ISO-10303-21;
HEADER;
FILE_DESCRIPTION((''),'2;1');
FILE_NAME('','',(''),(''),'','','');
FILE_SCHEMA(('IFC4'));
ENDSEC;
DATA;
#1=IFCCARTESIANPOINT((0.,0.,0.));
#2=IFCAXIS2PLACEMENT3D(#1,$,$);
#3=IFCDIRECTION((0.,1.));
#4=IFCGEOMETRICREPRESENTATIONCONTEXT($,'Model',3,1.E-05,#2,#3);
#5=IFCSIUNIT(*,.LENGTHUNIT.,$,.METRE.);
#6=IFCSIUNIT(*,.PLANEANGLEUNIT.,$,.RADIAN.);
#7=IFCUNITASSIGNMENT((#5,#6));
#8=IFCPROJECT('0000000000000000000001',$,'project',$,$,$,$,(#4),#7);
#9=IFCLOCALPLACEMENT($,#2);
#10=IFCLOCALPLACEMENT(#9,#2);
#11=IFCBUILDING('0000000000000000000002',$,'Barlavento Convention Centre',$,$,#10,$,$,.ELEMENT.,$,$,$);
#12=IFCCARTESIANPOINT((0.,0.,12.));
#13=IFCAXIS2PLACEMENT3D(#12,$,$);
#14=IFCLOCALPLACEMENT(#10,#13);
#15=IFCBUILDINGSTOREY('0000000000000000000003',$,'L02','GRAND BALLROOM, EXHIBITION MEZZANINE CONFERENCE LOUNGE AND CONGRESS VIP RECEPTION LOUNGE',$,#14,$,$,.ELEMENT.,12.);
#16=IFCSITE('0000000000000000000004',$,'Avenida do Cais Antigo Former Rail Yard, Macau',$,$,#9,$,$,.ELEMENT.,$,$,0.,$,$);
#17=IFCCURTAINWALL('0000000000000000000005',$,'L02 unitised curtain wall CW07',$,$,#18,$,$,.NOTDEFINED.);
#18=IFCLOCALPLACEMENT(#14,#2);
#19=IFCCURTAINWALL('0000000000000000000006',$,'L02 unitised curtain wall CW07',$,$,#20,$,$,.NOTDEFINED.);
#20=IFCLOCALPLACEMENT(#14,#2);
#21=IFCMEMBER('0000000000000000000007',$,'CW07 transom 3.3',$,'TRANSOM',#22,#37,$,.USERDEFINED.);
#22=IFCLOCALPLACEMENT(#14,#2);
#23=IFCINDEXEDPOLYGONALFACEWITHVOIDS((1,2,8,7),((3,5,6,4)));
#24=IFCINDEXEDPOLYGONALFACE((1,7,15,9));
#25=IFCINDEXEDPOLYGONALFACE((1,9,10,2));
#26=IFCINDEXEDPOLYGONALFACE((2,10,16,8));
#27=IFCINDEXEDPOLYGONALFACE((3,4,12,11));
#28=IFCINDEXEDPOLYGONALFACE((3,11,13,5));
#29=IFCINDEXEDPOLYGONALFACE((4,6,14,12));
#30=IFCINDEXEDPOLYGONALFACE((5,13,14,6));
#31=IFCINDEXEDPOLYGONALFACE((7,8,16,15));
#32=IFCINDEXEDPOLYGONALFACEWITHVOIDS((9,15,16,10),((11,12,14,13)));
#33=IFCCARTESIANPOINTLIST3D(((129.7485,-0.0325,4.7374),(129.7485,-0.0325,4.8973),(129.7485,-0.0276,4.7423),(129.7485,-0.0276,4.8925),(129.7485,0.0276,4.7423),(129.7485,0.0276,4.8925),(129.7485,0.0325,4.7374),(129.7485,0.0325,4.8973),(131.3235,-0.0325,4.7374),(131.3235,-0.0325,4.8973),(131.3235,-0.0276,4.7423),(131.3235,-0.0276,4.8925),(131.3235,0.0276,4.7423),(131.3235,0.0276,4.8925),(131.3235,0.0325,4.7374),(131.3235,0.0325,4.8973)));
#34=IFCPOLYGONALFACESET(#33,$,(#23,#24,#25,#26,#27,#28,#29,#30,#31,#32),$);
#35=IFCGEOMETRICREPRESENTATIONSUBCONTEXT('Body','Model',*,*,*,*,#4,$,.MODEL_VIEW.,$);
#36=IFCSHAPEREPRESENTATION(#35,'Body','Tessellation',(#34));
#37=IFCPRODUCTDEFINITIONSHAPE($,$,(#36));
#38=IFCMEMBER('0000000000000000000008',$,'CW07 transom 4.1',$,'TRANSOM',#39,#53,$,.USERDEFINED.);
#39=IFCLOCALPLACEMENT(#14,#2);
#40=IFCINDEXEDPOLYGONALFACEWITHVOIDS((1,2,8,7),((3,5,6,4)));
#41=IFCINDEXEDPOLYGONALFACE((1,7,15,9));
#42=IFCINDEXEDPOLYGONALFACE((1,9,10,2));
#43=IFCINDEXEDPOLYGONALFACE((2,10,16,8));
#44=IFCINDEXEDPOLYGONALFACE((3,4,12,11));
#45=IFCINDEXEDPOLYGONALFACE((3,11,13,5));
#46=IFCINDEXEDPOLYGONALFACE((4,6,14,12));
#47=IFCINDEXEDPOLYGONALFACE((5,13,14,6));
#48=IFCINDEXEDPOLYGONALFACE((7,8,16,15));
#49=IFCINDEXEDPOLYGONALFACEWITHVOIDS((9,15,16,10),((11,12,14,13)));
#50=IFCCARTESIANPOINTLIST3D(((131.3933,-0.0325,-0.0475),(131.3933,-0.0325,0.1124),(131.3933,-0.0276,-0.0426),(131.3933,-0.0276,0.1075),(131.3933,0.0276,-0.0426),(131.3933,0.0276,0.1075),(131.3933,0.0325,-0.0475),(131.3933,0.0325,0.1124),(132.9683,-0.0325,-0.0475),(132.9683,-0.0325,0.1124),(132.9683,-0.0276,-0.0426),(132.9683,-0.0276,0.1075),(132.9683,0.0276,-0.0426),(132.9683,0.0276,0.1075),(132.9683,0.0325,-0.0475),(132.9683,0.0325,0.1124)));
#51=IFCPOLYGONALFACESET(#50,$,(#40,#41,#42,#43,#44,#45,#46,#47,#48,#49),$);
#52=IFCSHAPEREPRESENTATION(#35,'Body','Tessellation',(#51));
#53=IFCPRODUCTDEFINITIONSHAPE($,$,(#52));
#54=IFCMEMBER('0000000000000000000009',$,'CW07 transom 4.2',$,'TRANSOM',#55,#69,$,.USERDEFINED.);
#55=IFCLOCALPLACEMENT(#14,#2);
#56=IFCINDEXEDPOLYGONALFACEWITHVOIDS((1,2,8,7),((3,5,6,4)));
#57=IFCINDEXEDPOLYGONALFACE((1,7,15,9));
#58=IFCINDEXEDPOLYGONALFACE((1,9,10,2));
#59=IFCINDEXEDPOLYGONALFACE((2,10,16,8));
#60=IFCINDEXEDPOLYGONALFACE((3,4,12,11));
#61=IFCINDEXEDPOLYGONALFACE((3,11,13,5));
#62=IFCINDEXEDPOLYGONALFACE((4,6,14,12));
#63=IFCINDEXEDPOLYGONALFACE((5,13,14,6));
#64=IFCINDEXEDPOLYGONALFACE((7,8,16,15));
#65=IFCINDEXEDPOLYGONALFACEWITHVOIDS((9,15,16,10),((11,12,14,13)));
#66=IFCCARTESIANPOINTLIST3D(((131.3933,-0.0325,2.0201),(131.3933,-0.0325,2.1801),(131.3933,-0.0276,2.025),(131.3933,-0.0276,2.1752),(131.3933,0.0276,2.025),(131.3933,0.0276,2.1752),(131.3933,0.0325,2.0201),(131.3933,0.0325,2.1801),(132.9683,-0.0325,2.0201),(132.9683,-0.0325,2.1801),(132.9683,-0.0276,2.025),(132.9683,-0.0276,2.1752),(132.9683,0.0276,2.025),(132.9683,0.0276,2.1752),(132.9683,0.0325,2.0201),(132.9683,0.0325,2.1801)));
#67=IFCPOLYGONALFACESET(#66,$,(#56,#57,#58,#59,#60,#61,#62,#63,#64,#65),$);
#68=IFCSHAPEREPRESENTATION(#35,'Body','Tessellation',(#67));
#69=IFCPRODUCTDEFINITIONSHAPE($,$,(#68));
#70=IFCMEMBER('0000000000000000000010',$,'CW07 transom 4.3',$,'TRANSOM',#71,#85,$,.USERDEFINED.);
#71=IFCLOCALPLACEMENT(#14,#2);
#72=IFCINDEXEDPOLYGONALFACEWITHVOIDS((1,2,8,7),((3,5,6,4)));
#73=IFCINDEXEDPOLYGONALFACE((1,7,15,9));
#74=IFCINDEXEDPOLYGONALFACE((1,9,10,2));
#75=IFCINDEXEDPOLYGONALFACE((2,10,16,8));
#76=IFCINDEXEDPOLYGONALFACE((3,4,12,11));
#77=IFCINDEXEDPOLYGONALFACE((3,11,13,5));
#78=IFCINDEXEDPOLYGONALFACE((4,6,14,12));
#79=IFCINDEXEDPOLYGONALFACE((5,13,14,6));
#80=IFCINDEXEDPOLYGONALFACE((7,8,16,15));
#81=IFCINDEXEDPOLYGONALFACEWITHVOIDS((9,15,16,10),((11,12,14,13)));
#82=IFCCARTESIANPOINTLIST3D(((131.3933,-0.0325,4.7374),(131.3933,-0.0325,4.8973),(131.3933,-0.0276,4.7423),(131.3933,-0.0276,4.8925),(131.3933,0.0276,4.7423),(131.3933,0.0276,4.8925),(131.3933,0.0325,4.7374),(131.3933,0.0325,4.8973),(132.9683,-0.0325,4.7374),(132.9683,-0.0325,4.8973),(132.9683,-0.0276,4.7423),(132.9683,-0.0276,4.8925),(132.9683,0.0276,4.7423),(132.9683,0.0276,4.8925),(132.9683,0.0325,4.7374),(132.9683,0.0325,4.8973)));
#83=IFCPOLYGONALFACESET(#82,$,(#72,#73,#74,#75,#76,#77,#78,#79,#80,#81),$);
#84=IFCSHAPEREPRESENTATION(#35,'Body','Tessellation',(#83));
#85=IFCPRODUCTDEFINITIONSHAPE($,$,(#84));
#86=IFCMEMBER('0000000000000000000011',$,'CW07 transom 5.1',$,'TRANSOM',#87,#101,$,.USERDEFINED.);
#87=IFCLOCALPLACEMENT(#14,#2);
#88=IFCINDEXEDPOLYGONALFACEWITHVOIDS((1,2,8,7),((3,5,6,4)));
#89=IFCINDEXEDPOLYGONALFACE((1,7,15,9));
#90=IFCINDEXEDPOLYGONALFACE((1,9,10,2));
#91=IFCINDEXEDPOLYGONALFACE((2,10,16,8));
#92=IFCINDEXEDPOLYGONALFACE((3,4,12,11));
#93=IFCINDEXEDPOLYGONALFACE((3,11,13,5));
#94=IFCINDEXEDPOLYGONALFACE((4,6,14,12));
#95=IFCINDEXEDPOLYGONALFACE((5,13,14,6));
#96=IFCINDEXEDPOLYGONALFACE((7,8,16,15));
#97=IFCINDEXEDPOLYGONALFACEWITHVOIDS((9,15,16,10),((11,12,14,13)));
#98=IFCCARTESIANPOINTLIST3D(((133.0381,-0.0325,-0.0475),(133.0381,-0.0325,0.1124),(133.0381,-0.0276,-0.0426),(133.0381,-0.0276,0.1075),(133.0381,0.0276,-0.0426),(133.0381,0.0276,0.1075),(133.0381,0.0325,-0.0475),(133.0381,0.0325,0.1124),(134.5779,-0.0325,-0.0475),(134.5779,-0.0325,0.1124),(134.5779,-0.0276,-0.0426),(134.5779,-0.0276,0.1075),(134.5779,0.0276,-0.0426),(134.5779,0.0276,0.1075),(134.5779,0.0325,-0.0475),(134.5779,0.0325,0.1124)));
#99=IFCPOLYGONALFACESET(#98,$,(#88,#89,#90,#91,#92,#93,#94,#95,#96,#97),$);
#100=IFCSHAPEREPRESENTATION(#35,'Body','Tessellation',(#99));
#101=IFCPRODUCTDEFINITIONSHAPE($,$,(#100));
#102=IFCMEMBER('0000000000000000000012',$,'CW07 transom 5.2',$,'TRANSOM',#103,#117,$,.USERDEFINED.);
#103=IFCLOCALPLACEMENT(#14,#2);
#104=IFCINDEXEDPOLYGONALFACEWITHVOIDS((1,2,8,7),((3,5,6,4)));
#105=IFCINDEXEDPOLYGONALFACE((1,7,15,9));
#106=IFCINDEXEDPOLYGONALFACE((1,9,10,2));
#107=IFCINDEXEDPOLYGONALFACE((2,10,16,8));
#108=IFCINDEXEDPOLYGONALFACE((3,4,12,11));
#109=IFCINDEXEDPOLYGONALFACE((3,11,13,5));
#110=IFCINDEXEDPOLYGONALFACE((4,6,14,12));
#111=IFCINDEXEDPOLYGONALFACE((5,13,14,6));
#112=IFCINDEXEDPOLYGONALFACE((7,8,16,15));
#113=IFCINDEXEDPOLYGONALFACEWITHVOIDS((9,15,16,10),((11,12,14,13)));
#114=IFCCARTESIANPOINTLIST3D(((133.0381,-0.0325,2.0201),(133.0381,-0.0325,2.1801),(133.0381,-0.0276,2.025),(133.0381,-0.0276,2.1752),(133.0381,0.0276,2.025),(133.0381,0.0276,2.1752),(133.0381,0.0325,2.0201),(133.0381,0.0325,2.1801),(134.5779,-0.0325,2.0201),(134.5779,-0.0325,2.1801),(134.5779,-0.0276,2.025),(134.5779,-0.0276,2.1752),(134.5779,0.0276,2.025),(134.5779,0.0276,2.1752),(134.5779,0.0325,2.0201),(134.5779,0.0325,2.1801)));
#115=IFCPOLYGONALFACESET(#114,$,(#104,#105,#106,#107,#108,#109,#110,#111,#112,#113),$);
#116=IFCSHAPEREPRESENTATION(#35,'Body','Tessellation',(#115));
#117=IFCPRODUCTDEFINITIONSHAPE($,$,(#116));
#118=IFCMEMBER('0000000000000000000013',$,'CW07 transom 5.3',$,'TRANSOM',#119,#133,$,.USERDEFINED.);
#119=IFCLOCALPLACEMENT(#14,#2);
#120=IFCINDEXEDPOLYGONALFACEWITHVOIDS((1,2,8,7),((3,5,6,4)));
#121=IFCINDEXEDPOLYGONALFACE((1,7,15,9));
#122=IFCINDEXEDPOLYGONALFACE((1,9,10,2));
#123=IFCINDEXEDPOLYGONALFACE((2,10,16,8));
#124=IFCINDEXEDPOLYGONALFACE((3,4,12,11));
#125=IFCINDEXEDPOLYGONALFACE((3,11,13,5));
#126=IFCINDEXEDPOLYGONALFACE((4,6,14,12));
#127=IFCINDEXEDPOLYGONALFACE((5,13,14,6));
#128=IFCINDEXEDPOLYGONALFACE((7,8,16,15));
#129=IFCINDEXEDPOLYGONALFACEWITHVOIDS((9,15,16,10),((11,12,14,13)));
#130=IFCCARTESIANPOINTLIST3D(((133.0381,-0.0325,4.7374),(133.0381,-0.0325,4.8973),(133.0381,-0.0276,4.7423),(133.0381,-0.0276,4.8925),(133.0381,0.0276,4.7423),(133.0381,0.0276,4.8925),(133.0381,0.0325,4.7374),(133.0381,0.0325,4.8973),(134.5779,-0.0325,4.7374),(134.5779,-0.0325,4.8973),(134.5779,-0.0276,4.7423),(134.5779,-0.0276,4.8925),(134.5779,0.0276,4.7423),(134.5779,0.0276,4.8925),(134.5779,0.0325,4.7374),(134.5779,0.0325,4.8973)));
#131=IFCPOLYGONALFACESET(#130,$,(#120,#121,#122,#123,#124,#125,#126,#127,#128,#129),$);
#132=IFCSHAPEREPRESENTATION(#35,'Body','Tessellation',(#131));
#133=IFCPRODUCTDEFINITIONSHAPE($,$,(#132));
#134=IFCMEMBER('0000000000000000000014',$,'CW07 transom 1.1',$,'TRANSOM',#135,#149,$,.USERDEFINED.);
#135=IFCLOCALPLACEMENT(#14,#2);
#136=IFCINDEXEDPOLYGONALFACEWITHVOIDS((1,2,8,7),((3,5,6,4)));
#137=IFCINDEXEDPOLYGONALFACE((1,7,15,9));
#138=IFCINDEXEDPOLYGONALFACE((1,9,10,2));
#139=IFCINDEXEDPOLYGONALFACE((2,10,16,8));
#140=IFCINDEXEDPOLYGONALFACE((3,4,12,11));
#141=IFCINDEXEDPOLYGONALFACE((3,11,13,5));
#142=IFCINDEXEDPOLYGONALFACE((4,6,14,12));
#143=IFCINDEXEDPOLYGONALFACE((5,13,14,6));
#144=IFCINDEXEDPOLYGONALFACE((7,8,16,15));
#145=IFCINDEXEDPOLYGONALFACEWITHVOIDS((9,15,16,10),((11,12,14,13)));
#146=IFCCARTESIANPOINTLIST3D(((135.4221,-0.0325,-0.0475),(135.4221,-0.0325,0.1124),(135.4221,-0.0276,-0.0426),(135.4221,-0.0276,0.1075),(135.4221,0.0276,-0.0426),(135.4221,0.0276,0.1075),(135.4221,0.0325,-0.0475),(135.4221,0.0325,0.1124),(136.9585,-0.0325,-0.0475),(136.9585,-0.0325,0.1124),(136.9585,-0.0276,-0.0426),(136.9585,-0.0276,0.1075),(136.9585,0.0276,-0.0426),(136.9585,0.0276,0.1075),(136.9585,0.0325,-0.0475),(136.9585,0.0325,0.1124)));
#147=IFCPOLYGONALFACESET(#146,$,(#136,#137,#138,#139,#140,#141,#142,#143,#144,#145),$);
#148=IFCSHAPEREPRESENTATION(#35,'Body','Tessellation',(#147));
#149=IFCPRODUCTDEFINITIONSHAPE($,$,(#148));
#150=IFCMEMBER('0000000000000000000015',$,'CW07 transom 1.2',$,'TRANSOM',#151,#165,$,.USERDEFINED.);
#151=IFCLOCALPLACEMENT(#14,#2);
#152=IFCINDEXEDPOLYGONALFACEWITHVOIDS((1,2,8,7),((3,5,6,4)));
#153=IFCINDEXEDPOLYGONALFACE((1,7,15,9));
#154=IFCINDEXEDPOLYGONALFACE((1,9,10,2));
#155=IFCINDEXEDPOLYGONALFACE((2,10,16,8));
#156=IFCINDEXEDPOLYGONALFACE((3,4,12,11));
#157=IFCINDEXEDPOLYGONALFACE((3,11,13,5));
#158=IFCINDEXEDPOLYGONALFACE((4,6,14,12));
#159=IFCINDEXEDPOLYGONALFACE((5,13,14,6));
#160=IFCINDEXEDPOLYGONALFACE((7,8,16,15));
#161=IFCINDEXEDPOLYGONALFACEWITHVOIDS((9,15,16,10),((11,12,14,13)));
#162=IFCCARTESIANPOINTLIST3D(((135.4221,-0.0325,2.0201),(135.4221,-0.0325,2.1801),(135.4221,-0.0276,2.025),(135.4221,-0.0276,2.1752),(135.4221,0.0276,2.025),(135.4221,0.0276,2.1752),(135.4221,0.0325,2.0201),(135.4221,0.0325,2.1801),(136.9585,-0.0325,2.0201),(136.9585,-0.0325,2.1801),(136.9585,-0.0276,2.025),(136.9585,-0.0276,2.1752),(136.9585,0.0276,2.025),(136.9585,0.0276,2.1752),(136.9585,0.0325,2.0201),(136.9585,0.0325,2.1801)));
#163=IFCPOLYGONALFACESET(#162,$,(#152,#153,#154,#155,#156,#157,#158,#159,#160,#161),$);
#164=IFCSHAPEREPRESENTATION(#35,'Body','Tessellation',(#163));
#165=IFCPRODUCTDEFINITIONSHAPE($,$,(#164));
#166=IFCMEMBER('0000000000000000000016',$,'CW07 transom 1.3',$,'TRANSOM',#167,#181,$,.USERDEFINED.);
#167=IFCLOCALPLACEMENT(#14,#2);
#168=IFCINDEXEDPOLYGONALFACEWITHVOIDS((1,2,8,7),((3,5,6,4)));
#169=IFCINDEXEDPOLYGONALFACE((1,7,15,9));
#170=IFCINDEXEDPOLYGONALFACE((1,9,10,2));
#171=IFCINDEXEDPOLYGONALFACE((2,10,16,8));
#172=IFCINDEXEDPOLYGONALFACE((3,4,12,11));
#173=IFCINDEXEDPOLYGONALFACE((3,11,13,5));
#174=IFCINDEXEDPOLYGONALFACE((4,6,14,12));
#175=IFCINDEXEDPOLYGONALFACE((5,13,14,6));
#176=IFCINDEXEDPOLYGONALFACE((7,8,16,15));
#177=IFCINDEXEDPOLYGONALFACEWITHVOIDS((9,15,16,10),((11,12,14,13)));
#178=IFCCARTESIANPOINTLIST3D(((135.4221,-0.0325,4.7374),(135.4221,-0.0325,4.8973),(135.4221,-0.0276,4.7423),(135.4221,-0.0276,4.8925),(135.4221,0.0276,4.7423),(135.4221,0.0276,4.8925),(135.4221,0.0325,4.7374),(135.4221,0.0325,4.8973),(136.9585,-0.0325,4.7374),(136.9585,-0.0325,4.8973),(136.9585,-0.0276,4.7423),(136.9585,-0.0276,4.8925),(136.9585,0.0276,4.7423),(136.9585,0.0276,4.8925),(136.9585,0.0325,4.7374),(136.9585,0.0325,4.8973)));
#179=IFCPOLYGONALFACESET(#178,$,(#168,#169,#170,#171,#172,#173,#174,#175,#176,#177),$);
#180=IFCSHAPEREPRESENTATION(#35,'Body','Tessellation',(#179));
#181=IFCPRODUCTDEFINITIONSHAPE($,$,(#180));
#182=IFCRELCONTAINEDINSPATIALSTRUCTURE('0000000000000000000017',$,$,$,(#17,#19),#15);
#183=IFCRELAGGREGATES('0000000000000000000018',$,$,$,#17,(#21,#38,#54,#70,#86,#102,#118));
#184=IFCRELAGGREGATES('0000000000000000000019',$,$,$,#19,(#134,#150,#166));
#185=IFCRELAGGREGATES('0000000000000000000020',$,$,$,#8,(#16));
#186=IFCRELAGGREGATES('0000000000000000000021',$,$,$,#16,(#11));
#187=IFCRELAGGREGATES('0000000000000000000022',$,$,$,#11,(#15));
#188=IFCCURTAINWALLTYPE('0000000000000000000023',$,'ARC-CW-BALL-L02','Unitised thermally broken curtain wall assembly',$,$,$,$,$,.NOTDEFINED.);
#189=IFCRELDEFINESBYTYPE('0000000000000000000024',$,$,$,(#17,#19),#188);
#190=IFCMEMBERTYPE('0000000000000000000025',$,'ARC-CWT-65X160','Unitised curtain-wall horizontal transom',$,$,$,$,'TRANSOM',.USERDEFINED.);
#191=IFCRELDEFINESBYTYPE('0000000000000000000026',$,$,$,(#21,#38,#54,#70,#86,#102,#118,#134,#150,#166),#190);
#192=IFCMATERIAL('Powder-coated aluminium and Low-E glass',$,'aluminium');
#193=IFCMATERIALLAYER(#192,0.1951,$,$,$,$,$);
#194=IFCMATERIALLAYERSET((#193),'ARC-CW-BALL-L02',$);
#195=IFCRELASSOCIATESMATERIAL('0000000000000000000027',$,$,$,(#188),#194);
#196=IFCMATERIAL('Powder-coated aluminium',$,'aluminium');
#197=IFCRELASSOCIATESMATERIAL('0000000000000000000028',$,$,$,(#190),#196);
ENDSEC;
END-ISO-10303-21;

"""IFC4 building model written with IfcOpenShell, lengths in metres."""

from ifc_helpers import new_model, si_unit, direction, frame, origin, origin_2d, place, context, subcontext, project, spatial, hollow_rectangle, extrude, material, layer, layer_set, material_profile, profile_set, type_object, element, aggregate, save


model = new_model("IFC4")

# Units and contexts
model_context = context("Model", 3, precision=1e-05, world=origin(), true_north=direction((0.0, 1.0)))
body_context = subcontext(model_context, "Body", "Model", "MODEL_VIEW")
ifc_project = project(units=[si_unit("LENGTHUNIT", "METRE"), si_unit("PLANEANGLEUNIT", "RADIAN")], contexts=[model_context])

# Site, building, storey
site_placement = place(None, origin())
site = spatial("IfcSite", under=ifc_project, at=site_placement, Name="Avenida do Cais Antigo Former Rail Yard, Macau", CompositionType="ELEMENT", RefElevation=0.0)
building_placement = place(site_placement, origin())
building = spatial("IfcBuilding", under=site, at=building_placement, Name="Barlavento Convention Centre", CompositionType="ELEMENT")
storey_placement = place(building_placement, frame((0.0, 0.0, 12.0)))
storey = spatial("IfcBuildingStorey", under=building, at=storey_placement, Name="L02", Description="GRAND BALLROOM, EXHIBITION MEZZANINE CONFERENCE LOUNGE AND CONGRESS VIP RECEPTION LOUNGE", CompositionType="ELEMENT", Elevation=12.0)

# Curtain walls
ifc_material_1 = material(Name="Powder-coated aluminium and Low-E glass", Category="aluminium")
ifc_layer_1 = layer(ifc_material_1, 0.1951)
ifc_layer_set_1 = layer_set([ifc_layer_1], Name="ARC-CW-BALL-L02")
curtain_wall_type = type_object("IfcCurtainWallType", Name="ARC-CW-BALL-L02", Description="Unitised thermally broken curtain wall assembly", PredefinedType="NOTDEFINED", material=ifc_layer_set_1)
curtain_wall_1_placement = place(storey_placement, origin())
curtain_wall_1 = element("IfcCurtainWall", 1, at=curtain_wall_1_placement, inside=storey, type_object=curtain_wall_type, Name="L02 unitised curtain wall CW07", PredefinedType="NOTDEFINED")
ifc_material_2 = material(Name="Powder-coated aluminium", Category="aluminium")
curtain_wall_2_placement = place(storey_placement, origin())
curtain_wall_2 = element("IfcCurtainWall", 2, at=curtain_wall_2_placement, inside=storey, type_object=curtain_wall_type, Name="L02 unitised curtain wall CW07", PredefinedType="NOTDEFINED")

# Members
ifc_material_profile_1 = material_profile(ifc_material_2, hollow_rectangle(XDim=0.0649, YDim=0.1599, WallThickness=0.0049, at=origin_2d()), Name="AL-TRAN 65x160x5")
ifc_profile_set_1 = profile_set([ifc_material_profile_1], Name="Powder-coated aluminium")
member_type_1 = type_object("IfcMemberType", Name="ARC-CWT-65X160", Description="Unitised curtain-wall horizontal transom", ElementType="TRANSOM", PredefinedType="USERDEFINED", material=ifc_profile_set_1)
member_1_placement = place(storey_placement, frame((129.7485, 0.0, 4.8174), z_axis=(1.0, 0.0, 0.0), x_axis=(0.0, 1.0, 0.0)))
member_1 = element("IfcMember", 3, at=member_1_placement, type_object=member_type_1, Name="CW07 transom 3.3", ObjectType="TRANSOM", PredefinedType="USERDEFINED", context=body_context, shape_type="SweptSolid", body=[
    extrude(hollow_rectangle(XDim=0.0649, YDim=0.1599, WallThickness=0.0049, at=origin_2d()), origin(), (0.0, 0.0, 1.0), 1.575),
])
member_2_placement = place(storey_placement, frame((131.3933, 0.0, 0.0325), z_axis=(1.0, 0.0, 0.0), x_axis=(0.0, 1.0, 0.0)))
member_2 = element("IfcMember", 4, at=member_2_placement, type_object=member_type_1, Name="CW07 transom 4.1", ObjectType="TRANSOM", PredefinedType="USERDEFINED", context=body_context, shape_type="SweptSolid", body=[
    extrude(hollow_rectangle(XDim=0.0649, YDim=0.1599, WallThickness=0.0049, at=origin_2d()), origin(), (0.0, 0.0, 1.0), 1.575),
])
member_3_placement = place(storey_placement, frame((131.3933, 0.0, 2.1001), z_axis=(1.0, 0.0, 0.0), x_axis=(0.0, 1.0, 0.0)))
member_3 = element("IfcMember", 5, at=member_3_placement, type_object=member_type_1, Name="CW07 transom 4.2", ObjectType="TRANSOM", PredefinedType="USERDEFINED", context=body_context, shape_type="SweptSolid", body=[
    extrude(hollow_rectangle(XDim=0.0649, YDim=0.1599, WallThickness=0.0049, at=origin_2d()), origin(), (0.0, 0.0, 1.0), 1.575),
])
member_4_placement = place(storey_placement, frame((131.3933, 0.0, 4.8174), z_axis=(1.0, 0.0, 0.0), x_axis=(0.0, 1.0, 0.0)))
member_4 = element("IfcMember", 6, at=member_4_placement, type_object=member_type_1, Name="CW07 transom 4.3", ObjectType="TRANSOM", PredefinedType="USERDEFINED", context=body_context, shape_type="SweptSolid", body=[
    extrude(hollow_rectangle(XDim=0.0649, YDim=0.1599, WallThickness=0.0049, at=origin_2d()), origin(), (0.0, 0.0, 1.0), 1.575),
])
member_5_placement = place(storey_placement, frame((133.0381, 0.0, 0.0325), z_axis=(1.0, 0.0, 0.0), x_axis=(0.0, 1.0, 0.0)))
member_5 = element("IfcMember", 7, at=member_5_placement, type_object=member_type_1, Name="CW07 transom 5.1", ObjectType="TRANSOM", PredefinedType="USERDEFINED", context=body_context, shape_type="SweptSolid", body=[
    extrude(hollow_rectangle(XDim=0.0649, YDim=0.1599, WallThickness=0.0049, at=origin_2d()), origin(), (0.0, 0.0, 1.0), 1.5398),
])
member_6_placement = place(storey_placement, frame((133.0381, 0.0, 2.1001), z_axis=(1.0, 0.0, 0.0), x_axis=(0.0, 1.0, 0.0)))
member_6 = element("IfcMember", 8, at=member_6_placement, type_object=member_type_1, Name="CW07 transom 5.2", ObjectType="TRANSOM", PredefinedType="USERDEFINED", context=body_context, shape_type="SweptSolid", body=[
    extrude(hollow_rectangle(XDim=0.0649, YDim=0.1599, WallThickness=0.0049, at=origin_2d()), origin(), (0.0, 0.0, 1.0), 1.5398),
])
member_7_placement = place(storey_placement, frame((133.0381, 0.0, 4.8174), z_axis=(1.0, 0.0, 0.0), x_axis=(0.0, 1.0, 0.0)))
member_7 = element("IfcMember", 9, at=member_7_placement, type_object=member_type_1, Name="CW07 transom 5.3", ObjectType="TRANSOM", PredefinedType="USERDEFINED", context=body_context, shape_type="SweptSolid", body=[
    extrude(hollow_rectangle(XDim=0.0649, YDim=0.1599, WallThickness=0.0049, at=origin_2d()), origin(), (0.0, 0.0, 1.0), 1.5398),
])
member_8_placement = place(storey_placement, frame((135.4221, 0.0, 0.0325), z_axis=(1.0, 0.0, 0.0), x_axis=(0.0, 1.0, 0.0)))
member_8 = element("IfcMember", 10, at=member_8_placement, type_object=member_type_1, Name="CW07 transom 1.1", ObjectType="TRANSOM", PredefinedType="USERDEFINED", context=body_context, shape_type="SweptSolid", body=[
    extrude(hollow_rectangle(XDim=0.0649, YDim=0.1599, WallThickness=0.0049, at=origin_2d()), origin(), (0.0, 0.0, 1.0), 1.5364),
])
member_9_placement = place(storey_placement, frame((135.4221, 0.0, 2.1001), z_axis=(1.0, 0.0, 0.0), x_axis=(0.0, 1.0, 0.0)))
member_9 = element("IfcMember", 11, at=member_9_placement, type_object=member_type_1, Name="CW07 transom 1.2", ObjectType="TRANSOM", PredefinedType="USERDEFINED", context=body_context, shape_type="SweptSolid", body=[
    extrude(hollow_rectangle(XDim=0.0649, YDim=0.1599, WallThickness=0.0049, at=origin_2d()), origin(), (0.0, 0.0, 1.0), 1.5364),
])
member_10_placement = place(storey_placement, frame((135.4221, 0.0, 4.8174), z_axis=(1.0, 0.0, 0.0), x_axis=(0.0, 1.0, 0.0)))
member_10 = element("IfcMember", 12, at=member_10_placement, type_object=member_type_1, Name="CW07 transom 1.3", ObjectType="TRANSOM", PredefinedType="USERDEFINED", context=body_context, shape_type="SweptSolid", body=[
    extrude(hollow_rectangle(XDim=0.0649, YDim=0.1599, WallThickness=0.0049, at=origin_2d()), origin(), (0.0, 0.0, 1.0), 1.5364),
])

aggregate(curtain_wall_1, [member_1, member_2, member_3, member_4, member_5, member_6, member_7])
aggregate(curtain_wall_2, [member_8, member_9, member_10])

save(model, "model.ifc")
